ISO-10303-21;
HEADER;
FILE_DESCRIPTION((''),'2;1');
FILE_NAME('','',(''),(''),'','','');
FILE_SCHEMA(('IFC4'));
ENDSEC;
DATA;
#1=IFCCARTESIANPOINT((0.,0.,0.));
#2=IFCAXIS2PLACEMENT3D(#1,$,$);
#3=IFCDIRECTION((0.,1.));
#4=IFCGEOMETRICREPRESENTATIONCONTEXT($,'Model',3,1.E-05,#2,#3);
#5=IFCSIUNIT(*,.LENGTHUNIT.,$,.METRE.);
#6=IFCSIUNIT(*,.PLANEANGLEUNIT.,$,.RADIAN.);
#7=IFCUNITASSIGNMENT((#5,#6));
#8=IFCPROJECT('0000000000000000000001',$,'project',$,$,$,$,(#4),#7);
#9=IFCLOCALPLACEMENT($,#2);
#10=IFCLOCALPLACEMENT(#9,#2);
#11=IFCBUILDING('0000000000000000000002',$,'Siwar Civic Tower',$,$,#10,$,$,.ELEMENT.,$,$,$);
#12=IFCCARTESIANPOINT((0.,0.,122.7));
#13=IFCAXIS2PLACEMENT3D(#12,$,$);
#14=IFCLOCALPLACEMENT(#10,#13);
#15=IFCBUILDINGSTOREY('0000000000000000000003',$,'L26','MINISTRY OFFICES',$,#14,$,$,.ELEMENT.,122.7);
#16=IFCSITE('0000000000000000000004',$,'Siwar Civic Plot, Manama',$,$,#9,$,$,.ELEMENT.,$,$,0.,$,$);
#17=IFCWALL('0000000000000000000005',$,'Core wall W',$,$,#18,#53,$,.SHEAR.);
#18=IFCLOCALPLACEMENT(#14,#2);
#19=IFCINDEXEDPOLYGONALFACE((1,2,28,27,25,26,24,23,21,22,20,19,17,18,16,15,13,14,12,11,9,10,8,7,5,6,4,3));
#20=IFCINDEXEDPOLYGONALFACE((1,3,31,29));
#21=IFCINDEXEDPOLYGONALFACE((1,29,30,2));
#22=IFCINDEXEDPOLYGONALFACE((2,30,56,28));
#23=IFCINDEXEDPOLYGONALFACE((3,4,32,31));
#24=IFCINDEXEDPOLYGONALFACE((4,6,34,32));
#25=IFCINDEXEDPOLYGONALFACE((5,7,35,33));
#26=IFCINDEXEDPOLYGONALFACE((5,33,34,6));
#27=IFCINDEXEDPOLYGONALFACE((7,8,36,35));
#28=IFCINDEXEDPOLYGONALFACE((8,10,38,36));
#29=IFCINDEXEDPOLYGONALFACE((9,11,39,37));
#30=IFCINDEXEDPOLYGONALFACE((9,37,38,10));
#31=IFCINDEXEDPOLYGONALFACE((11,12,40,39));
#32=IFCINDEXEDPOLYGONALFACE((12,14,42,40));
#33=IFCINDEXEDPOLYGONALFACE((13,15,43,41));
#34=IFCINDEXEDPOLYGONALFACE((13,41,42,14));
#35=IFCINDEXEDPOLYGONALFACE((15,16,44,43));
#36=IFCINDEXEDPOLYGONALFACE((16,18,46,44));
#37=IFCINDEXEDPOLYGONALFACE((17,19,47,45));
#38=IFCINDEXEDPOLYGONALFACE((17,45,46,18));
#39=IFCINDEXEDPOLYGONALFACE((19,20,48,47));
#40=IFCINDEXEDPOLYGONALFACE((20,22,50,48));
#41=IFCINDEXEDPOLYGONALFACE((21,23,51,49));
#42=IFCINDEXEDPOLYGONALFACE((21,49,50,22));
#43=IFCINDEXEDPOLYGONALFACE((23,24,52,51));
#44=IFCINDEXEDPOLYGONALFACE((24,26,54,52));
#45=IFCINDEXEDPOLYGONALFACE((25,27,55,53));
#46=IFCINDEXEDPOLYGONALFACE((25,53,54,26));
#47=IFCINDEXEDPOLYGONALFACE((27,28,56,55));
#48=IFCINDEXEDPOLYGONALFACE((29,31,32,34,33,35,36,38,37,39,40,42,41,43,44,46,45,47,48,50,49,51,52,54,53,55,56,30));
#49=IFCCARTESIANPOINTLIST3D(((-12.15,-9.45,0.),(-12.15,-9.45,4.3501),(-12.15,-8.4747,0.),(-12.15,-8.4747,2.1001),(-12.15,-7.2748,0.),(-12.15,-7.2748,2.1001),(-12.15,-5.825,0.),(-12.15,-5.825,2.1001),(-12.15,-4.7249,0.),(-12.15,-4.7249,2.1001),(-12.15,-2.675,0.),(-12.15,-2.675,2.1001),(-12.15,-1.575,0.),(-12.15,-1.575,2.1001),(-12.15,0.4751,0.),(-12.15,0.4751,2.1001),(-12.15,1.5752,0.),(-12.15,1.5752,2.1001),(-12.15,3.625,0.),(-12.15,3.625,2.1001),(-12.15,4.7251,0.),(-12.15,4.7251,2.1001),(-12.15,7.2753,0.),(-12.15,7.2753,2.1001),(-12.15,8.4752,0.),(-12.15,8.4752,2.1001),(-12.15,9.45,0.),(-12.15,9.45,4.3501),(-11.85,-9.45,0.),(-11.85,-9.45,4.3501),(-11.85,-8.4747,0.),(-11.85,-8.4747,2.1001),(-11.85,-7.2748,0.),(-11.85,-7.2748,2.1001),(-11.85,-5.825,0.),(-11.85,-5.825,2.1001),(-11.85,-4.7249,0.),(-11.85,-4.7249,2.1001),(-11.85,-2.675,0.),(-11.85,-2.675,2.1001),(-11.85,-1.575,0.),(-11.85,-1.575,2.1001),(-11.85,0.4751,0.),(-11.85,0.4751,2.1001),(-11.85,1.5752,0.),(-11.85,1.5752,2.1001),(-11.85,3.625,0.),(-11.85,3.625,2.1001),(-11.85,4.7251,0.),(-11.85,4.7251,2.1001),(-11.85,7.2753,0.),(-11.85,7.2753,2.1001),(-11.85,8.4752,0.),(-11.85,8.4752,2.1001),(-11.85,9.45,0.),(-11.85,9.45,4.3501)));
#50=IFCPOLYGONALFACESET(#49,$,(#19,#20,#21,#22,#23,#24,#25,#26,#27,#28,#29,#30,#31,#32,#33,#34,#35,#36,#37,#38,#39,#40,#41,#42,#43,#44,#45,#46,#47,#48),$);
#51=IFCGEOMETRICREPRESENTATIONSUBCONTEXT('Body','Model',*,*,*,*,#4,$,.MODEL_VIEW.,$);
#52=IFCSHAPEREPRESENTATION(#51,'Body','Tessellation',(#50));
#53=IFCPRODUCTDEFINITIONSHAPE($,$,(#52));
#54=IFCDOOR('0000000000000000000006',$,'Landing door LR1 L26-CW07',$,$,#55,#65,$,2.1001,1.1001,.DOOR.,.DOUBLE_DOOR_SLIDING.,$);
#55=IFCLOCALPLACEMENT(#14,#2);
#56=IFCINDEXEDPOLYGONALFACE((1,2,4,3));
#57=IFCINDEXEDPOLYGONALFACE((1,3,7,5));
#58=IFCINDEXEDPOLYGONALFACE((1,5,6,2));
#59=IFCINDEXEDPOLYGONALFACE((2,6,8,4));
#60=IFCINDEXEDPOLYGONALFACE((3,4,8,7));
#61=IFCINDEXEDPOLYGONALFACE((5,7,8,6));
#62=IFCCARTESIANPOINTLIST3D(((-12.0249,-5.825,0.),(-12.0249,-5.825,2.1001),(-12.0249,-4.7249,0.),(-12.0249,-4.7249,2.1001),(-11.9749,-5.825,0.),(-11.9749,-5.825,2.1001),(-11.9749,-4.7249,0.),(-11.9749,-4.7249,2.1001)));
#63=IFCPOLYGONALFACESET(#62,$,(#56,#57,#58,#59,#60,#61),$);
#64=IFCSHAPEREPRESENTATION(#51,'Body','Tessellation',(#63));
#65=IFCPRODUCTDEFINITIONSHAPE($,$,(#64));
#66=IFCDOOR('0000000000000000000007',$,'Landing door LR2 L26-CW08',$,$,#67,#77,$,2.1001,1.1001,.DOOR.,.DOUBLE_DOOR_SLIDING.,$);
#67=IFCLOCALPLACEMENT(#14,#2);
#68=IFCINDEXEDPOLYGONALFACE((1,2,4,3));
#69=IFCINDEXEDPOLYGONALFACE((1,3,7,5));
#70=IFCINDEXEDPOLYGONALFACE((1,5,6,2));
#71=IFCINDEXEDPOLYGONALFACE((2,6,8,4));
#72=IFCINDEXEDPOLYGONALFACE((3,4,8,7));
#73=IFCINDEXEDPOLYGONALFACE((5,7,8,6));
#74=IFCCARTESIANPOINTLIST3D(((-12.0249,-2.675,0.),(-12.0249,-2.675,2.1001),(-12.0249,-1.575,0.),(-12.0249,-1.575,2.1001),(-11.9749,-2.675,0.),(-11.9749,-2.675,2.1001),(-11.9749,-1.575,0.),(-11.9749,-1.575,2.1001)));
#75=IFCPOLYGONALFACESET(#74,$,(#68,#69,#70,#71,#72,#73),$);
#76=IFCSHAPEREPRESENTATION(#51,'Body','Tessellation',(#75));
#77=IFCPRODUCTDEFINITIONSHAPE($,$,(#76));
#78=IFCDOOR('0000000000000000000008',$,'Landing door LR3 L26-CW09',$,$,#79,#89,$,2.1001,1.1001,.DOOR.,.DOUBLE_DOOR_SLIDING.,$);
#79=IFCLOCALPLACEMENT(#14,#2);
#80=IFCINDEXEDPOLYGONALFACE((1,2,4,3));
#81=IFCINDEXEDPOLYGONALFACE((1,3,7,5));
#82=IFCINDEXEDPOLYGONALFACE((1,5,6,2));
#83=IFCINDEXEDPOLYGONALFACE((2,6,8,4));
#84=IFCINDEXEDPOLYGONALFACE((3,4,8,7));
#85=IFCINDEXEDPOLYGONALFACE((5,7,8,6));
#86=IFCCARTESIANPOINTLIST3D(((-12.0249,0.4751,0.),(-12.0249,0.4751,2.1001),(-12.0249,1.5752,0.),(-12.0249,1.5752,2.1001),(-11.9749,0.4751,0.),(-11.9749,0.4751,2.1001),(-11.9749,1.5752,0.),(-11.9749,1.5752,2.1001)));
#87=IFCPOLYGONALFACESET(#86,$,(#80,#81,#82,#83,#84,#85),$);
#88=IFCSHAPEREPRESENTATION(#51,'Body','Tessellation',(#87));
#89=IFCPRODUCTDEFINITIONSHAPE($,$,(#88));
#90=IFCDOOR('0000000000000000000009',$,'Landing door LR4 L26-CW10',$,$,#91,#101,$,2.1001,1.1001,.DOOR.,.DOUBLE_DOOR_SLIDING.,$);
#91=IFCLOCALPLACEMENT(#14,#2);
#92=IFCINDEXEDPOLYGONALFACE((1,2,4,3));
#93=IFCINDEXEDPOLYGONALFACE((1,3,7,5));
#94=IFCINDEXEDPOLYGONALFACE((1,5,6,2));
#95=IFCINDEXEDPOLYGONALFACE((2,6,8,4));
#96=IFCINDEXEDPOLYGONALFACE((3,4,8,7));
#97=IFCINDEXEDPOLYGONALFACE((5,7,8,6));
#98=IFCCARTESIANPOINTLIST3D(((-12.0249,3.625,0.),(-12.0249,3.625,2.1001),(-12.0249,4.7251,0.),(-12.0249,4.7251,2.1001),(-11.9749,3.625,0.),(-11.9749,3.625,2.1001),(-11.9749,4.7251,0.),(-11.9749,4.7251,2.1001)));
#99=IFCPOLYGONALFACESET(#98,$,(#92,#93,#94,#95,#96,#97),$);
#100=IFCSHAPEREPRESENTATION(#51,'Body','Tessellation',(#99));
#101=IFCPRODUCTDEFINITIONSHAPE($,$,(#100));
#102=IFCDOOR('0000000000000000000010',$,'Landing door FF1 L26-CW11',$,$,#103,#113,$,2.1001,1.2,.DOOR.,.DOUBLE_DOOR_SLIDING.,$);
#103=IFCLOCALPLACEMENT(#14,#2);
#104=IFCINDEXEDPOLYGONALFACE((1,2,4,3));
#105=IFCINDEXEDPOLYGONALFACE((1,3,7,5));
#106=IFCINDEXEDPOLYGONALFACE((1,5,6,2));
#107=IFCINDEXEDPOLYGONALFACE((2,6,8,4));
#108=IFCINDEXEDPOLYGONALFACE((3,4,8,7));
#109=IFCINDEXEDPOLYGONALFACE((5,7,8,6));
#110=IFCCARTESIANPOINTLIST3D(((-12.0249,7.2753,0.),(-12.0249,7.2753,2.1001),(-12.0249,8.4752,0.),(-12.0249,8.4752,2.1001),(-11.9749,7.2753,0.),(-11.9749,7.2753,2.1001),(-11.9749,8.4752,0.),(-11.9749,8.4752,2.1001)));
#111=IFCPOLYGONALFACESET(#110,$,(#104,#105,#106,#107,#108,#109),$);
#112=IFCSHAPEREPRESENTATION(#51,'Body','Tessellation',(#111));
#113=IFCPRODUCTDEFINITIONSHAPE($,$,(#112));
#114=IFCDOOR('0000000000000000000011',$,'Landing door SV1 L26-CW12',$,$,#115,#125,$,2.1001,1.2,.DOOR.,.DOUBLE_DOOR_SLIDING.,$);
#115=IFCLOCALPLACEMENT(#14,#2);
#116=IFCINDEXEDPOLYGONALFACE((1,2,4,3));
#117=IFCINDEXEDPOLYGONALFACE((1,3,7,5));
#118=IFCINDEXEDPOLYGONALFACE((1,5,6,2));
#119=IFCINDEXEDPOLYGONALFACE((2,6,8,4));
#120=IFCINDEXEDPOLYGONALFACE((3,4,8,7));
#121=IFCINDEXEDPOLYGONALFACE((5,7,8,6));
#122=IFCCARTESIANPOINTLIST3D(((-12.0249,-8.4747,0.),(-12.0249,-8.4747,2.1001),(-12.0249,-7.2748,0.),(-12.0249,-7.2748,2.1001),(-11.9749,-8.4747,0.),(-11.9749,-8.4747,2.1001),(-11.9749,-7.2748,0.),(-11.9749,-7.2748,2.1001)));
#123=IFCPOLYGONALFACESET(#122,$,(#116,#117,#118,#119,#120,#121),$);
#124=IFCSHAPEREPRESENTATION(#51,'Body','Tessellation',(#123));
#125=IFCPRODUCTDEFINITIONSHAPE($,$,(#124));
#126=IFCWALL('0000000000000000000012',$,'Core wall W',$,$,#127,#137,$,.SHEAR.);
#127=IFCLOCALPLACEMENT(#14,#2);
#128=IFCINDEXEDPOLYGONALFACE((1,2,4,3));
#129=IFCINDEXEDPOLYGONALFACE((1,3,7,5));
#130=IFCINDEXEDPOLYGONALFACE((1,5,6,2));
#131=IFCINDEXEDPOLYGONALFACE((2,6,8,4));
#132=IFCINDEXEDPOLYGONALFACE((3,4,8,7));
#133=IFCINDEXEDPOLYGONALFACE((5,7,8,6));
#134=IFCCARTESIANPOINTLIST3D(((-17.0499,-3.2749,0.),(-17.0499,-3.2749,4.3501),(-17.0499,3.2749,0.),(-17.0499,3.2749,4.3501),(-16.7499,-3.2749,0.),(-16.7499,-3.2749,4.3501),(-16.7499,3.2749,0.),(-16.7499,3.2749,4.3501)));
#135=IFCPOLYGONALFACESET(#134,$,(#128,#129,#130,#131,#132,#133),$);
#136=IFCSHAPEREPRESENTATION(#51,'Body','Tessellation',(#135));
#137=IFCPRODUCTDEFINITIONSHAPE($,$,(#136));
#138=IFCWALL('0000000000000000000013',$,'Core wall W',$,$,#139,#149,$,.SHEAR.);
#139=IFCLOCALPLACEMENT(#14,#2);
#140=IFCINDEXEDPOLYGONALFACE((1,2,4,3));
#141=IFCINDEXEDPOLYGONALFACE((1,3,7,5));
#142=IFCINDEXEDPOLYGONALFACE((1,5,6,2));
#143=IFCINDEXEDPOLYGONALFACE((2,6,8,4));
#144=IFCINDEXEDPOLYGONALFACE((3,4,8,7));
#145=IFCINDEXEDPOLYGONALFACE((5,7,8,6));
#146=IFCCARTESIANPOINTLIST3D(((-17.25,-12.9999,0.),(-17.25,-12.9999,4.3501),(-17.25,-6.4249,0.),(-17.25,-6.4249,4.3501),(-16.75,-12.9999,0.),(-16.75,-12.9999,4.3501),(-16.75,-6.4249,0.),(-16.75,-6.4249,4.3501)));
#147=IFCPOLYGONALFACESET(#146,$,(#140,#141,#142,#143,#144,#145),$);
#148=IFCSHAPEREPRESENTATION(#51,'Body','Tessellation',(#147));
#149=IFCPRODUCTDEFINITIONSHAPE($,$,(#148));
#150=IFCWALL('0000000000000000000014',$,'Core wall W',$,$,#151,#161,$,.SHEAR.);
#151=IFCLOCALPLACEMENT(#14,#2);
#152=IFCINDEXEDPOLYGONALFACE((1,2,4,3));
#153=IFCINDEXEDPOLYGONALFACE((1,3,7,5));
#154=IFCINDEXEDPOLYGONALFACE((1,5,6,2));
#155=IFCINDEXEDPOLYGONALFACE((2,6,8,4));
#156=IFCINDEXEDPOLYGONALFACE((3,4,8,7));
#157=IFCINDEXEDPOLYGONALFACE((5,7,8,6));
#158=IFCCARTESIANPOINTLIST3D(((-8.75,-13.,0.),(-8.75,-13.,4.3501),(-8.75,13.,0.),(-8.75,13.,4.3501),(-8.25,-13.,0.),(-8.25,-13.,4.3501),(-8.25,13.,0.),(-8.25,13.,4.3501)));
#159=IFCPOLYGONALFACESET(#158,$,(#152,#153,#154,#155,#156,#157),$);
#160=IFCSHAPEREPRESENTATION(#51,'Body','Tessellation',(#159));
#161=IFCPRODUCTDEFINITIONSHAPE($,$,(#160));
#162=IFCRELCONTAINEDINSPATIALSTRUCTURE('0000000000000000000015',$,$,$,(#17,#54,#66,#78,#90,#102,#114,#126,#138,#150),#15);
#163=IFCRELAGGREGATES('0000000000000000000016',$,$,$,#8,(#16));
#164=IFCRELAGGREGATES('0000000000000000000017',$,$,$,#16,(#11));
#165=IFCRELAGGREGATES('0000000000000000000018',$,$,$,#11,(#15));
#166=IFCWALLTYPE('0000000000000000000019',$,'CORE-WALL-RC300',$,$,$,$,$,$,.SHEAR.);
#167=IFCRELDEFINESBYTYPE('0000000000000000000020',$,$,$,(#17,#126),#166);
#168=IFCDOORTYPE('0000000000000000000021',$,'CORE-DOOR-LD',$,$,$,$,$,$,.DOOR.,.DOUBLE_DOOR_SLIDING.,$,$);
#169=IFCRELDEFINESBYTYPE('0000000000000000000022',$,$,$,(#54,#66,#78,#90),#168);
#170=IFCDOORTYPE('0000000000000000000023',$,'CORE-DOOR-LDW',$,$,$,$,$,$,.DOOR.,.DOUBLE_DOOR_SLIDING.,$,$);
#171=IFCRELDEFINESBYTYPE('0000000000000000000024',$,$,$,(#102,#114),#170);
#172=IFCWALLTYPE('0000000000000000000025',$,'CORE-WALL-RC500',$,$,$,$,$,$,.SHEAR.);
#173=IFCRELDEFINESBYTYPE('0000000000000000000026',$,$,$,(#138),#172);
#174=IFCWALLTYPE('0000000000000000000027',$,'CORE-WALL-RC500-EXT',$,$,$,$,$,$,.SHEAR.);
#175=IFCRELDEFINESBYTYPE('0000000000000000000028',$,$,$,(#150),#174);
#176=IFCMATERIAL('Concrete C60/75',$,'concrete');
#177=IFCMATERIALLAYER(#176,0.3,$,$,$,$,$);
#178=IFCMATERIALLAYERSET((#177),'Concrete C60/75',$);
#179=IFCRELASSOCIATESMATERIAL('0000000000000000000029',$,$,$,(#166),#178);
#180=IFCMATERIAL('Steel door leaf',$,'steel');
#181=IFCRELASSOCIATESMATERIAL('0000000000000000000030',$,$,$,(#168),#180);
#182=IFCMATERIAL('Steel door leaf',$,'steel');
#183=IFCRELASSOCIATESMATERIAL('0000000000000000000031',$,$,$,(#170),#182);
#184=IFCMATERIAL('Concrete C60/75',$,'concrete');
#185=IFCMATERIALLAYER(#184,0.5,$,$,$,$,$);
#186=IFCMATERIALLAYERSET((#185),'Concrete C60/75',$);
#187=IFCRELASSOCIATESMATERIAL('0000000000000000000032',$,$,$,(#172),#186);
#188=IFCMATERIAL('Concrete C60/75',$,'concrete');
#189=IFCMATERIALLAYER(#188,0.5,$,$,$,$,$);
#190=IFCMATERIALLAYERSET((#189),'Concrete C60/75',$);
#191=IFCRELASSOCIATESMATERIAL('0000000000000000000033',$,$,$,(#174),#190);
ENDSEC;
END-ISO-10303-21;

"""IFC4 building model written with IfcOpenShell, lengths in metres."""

from ifc_helpers import new_model, si_unit, direction, frame, frame_2d, origin, place, context, subcontext, project, spatial, rectangle, extrude, material, layer, layer_set, type_object, element, fill, save


model = new_model("IFC4")

# Units and contexts
model_context = context("Model", 3, precision=1e-05, world=origin(), true_north=direction((0.0, 1.0)))
body_context = subcontext(model_context, "Body", "Model", "MODEL_VIEW")
ifc_project = project(units=[si_unit("LENGTHUNIT", "METRE"), si_unit("PLANEANGLEUNIT", "RADIAN")], contexts=[model_context])

# Site, building, storey
site_placement = place(None, origin())
site = spatial("IfcSite", under=ifc_project, at=site_placement, Name="Siwar Civic Plot, Manama", CompositionType="ELEMENT", RefElevation=0.0)
building_placement = place(site_placement, origin())
building = spatial("IfcBuilding", under=site, at=building_placement, Name="Siwar Civic Tower", CompositionType="ELEMENT")
storey_placement = place(building_placement, frame((0.0, 0.0, 122.7)))
storey = spatial("IfcBuildingStorey", under=building, at=storey_placement, Name="L26", Description="MINISTRY OFFICES", CompositionType="ELEMENT", Elevation=122.7)

# Wall, openings, doors
ifc_material_1 = material(Name="Concrete C60/75", Category="concrete")
ifc_layer_1 = layer(ifc_material_1, 0.3)
ifc_layer_set_1 = layer_set([ifc_layer_1], Name="Concrete C60/75")
wall_type_1 = type_object("IfcWallType", Name="CORE-WALL-RC300", PredefinedType="SHEAR", material=ifc_layer_set_1)
wall_1_placement = place(storey_placement, frame((-12.0, -9.45, 0.0), z_axis=(0.0, 0.0, 1.0), x_axis=(0.0, 1.0, 0.0)))
wall_1 = element("IfcWall", 1, at=wall_1_placement, inside=storey, type_object=wall_type_1, Name="Core wall W", PredefinedType="SHEAR", context=body_context, shape_type="SweptSolid", body=[
    extrude(rectangle(XDim=18.8999, YDim=0.3, at=frame_2d((9.45, 0.0))), origin(), (0.0, 0.0, 1.0), 4.3501),
])
opening_1_placement = place(wall_1_placement, frame((3.625, 0.0, 0.0)))
opening_1 = element("IfcOpeningElement", 2, at=opening_1_placement, cuts=wall_1, PredefinedType="OPENING", context=body_context, shape_type="SweptSolid", body=[
    extrude(rectangle(XDim=1.1001, YDim=2.1001, at=frame_2d((0.55, 1.05))), frame((0.0, 0.1602, 0.0), z_axis=(0.0, -1.0, 0.0), x_axis=(1.0, 0.0, 0.0)), (0.0, 0.0, 1.0), 0.3201),
])
opening_2_placement = place(wall_1_placement, frame((6.7749, 0.0, 0.0)))
opening_2 = element("IfcOpeningElement", 3, at=opening_2_placement, cuts=wall_1, PredefinedType="OPENING", context=body_context, shape_type="SweptSolid", body=[
    extrude(rectangle(XDim=1.1001, YDim=2.1001, at=frame_2d((0.55, 1.05))), frame((0.0, 0.1602, 0.0), z_axis=(0.0, -1.0, 0.0), x_axis=(1.0, 0.0, 0.0)), (0.0, 0.0, 1.0), 0.3201),
])
opening_3_placement = place(wall_1_placement, frame((9.925, 0.0, 0.0)))
opening_3 = element("IfcOpeningElement", 4, at=opening_3_placement, cuts=wall_1, PredefinedType="OPENING", context=body_context, shape_type="SweptSolid", body=[
    extrude(rectangle(XDim=1.1001, YDim=2.1001, at=frame_2d((0.55, 1.05))), frame((0.0, 0.1602, 0.0), z_axis=(0.0, -1.0, 0.0), x_axis=(1.0, 0.0, 0.0)), (0.0, 0.0, 1.0), 0.3201),
])
opening_4_placement = place(wall_1_placement, frame((13.075, 0.0, 0.0)))
opening_4 = element("IfcOpeningElement", 5, at=opening_4_placement, cuts=wall_1, PredefinedType="OPENING", context=body_context, shape_type="SweptSolid", body=[
    extrude(rectangle(XDim=1.1001, YDim=2.1001, at=frame_2d((0.55, 1.05))), frame((0.0, 0.1602, 0.0), z_axis=(0.0, -1.0, 0.0), x_axis=(1.0, 0.0, 0.0)), (0.0, 0.0, 1.0), 0.3201),
])
opening_5_placement = place(wall_1_placement, frame((16.7251, 0.0, 0.0)))
opening_5 = element("IfcOpeningElement", 6, at=opening_5_placement, cuts=wall_1, PredefinedType="OPENING", context=body_context, shape_type="SweptSolid", body=[
    extrude(rectangle(XDim=1.2, YDim=2.1001, at=frame_2d((0.6001, 1.05))), frame((0.0, 0.1602, 0.0), z_axis=(0.0, -1.0, 0.0), x_axis=(1.0, 0.0, 0.0)), (0.0, 0.0, 1.0), 0.3201),
])
opening_6_placement = place(wall_1_placement, frame((0.9751, 0.0, 0.0)))
opening_6 = element("IfcOpeningElement", 7, at=opening_6_placement, cuts=wall_1, PredefinedType="OPENING", context=body_context, shape_type="SweptSolid", body=[
    extrude(rectangle(XDim=1.2, YDim=2.1001, at=frame_2d((0.6001, 1.05))), frame((0.0, 0.1602, 0.0), z_axis=(0.0, -1.0, 0.0), x_axis=(1.0, 0.0, 0.0)), (0.0, 0.0, 1.0), 0.3201),
])
ifc_material_2 = material(Name="Steel door leaf", Category="steel")
door_type_1 = type_object("IfcDoorType", Name="CORE-DOOR-LD", OperationType="DOUBLE_DOOR_SLIDING", PredefinedType="DOOR", material=ifc_material_2)
door_1_placement = place(opening_1_placement, origin())
door_1 = element("IfcDoor", 8, at=door_1_placement, inside=storey, type_object=door_type_1, Name="Landing door LR1 L26-CW07", OperationType="DOUBLE_DOOR_SLIDING", OverallHeight=2.1001, OverallWidth=1.1001, PredefinedType="DOOR", context=body_context, shape_type="SweptSolid", body=[
    extrude(rectangle(XDim=1.1001, YDim=2.1001, at=frame_2d((0.55, 1.05))), frame((0.0, 0.0249, 0.0), z_axis=(0.0, -1.0, 0.0), x_axis=(1.0, 0.0, 0.0)), (0.0, 0.0, 1.0), 0.05),
])
fill(opening_1, door_1)
door_2_placement = place(opening_2_placement, origin())
door_2 = element("IfcDoor", 9, at=door_2_placement, inside=storey, type_object=door_type_1, Name="Landing door LR2 L26-CW08", OperationType="DOUBLE_DOOR_SLIDING", OverallHeight=2.1001, OverallWidth=1.1001, PredefinedType="DOOR", context=body_context, shape_type="SweptSolid", body=[
    extrude(rectangle(XDim=1.1001, YDim=2.1001, at=frame_2d((0.55, 1.05))), frame((0.0, 0.0249, 0.0), z_axis=(0.0, -1.0, 0.0), x_axis=(1.0, 0.0, 0.0)), (0.0, 0.0, 1.0), 0.05),
])
fill(opening_2, door_2)
door_3_placement = place(opening_3_placement, origin())
door_3 = element("IfcDoor", 10, at=door_3_placement, inside=storey, type_object=door_type_1, Name="Landing door LR3 L26-CW09", OperationType="DOUBLE_DOOR_SLIDING", OverallHeight=2.1001, OverallWidth=1.1001, PredefinedType="DOOR", context=body_context, shape_type="SweptSolid", body=[
    extrude(rectangle(XDim=1.1001, YDim=2.1001, at=frame_2d((0.55, 1.05))), frame((0.0, 0.0249, 0.0), z_axis=(0.0, -1.0, 0.0), x_axis=(1.0, 0.0, 0.0)), (0.0, 0.0, 1.0), 0.05),
])
fill(opening_3, door_3)
door_4_placement = place(opening_4_placement, origin())
door_4 = element("IfcDoor", 11, at=door_4_placement, inside=storey, type_object=door_type_1, Name="Landing door LR4 L26-CW10", OperationType="DOUBLE_DOOR_SLIDING", OverallHeight=2.1001, OverallWidth=1.1001, PredefinedType="DOOR", context=body_context, shape_type="SweptSolid", body=[
    extrude(rectangle(XDim=1.1001, YDim=2.1001, at=frame_2d((0.55, 1.05))), frame((0.0, 0.0249, 0.0), z_axis=(0.0, -1.0, 0.0), x_axis=(1.0, 0.0, 0.0)), (0.0, 0.0, 1.0), 0.05),
])
fill(opening_4, door_4)
ifc_material_3 = material(Name="Steel door leaf", Category="steel")
door_type_2 = type_object("IfcDoorType", Name="CORE-DOOR-LDW", OperationType="DOUBLE_DOOR_SLIDING", PredefinedType="DOOR", material=ifc_material_3)
door_5_placement = place(opening_5_placement, origin())
door_5 = element("IfcDoor", 12, at=door_5_placement, inside=storey, type_object=door_type_2, Name="Landing door FF1 L26-CW11", OperationType="DOUBLE_DOOR_SLIDING", OverallHeight=2.1001, OverallWidth=1.2, PredefinedType="DOOR", context=body_context, shape_type="SweptSolid", body=[
    extrude(rectangle(XDim=1.2, YDim=2.1001, at=frame_2d((0.6001, 1.05))), frame((0.0, 0.0249, 0.0), z_axis=(0.0, -1.0, 0.0), x_axis=(1.0, 0.0, 0.0)), (0.0, 0.0, 1.0), 0.05),
])
fill(opening_5, door_5)
door_6_placement = place(opening_6_placement, origin())
door_6 = element("IfcDoor", 13, at=door_6_placement, inside=storey, type_object=door_type_2, Name="Landing door SV1 L26-CW12", OperationType="DOUBLE_DOOR_SLIDING", OverallHeight=2.1001, OverallWidth=1.2, PredefinedType="DOOR", context=body_context, shape_type="SweptSolid", body=[
    extrude(rectangle(XDim=1.2, YDim=2.1001, at=frame_2d((0.6001, 1.05))), frame((0.0, 0.0249, 0.0), z_axis=(0.0, -1.0, 0.0), x_axis=(1.0, 0.0, 0.0)), (0.0, 0.0, 1.0), 0.05),
])
fill(opening_6, door_6)

# Walls
wall_2_placement = place(storey_placement, frame((-16.8999, -3.2749, 0.0), z_axis=(0.0, 0.0, 1.0), x_axis=(0.0, 1.0, 0.0)))
element("IfcWall", 14, at=wall_2_placement, inside=storey, type_object=wall_type_1, Name="Core wall W", PredefinedType="SHEAR", context=body_context, shape_type="SweptSolid", body=[
    extrude(rectangle(XDim=6.5498, YDim=0.3, at=frame_2d((3.2749, 0.0))), origin(), (0.0, 0.0, 1.0), 4.3501),
])
ifc_material_4 = material(Name="Concrete C60/75", Category="concrete")
ifc_layer_2 = layer(ifc_material_4, 0.5)
ifc_layer_set_2 = layer_set([ifc_layer_2], Name="Concrete C60/75")
wall_type_2 = type_object("IfcWallType", Name="CORE-WALL-RC500", PredefinedType="SHEAR", material=ifc_layer_set_2)
wall_3_placement = place(storey_placement, frame((-17.0, -13.0, 0.0), z_axis=(0.0, 0.0, 1.0), x_axis=(0.0, 1.0, 0.0)))
element("IfcWall", 15, at=wall_3_placement, inside=storey, type_object=wall_type_2, Name="Core wall W", PredefinedType="SHEAR", context=body_context, shape_type="SweptSolid", body=[
    extrude(rectangle(XDim=6.575, YDim=0.5, at=frame_2d((3.2876, 0.0))), origin(), (0.0, 0.0, 1.0), 4.3501),
])
ifc_material_5 = material(Name="Concrete C60/75", Category="concrete")
ifc_layer_3 = layer(ifc_material_5, 0.5)
ifc_layer_set_3 = layer_set([ifc_layer_3], Name="Concrete C60/75")
wall_type_3 = type_object("IfcWallType", Name="CORE-WALL-RC500-EXT", PredefinedType="SHEAR", material=ifc_layer_set_3)
wall_4_placement = place(storey_placement, frame((-8.5, -13.0, 0.0), z_axis=(0.0, 0.0, 1.0), x_axis=(0.0, 1.0, 0.0)))
element("IfcWall", 16, at=wall_4_placement, inside=storey, type_object=wall_type_3, Name="Core wall W", PredefinedType="SHEAR", context=body_context, shape_type="SweptSolid", body=[
    extrude(rectangle(XDim=26.0, YDim=0.5, at=frame_2d((13.0, 0.0))), origin(), (0.0, 0.0, 1.0), 4.3501),
])

save(model, "model.ifc")
